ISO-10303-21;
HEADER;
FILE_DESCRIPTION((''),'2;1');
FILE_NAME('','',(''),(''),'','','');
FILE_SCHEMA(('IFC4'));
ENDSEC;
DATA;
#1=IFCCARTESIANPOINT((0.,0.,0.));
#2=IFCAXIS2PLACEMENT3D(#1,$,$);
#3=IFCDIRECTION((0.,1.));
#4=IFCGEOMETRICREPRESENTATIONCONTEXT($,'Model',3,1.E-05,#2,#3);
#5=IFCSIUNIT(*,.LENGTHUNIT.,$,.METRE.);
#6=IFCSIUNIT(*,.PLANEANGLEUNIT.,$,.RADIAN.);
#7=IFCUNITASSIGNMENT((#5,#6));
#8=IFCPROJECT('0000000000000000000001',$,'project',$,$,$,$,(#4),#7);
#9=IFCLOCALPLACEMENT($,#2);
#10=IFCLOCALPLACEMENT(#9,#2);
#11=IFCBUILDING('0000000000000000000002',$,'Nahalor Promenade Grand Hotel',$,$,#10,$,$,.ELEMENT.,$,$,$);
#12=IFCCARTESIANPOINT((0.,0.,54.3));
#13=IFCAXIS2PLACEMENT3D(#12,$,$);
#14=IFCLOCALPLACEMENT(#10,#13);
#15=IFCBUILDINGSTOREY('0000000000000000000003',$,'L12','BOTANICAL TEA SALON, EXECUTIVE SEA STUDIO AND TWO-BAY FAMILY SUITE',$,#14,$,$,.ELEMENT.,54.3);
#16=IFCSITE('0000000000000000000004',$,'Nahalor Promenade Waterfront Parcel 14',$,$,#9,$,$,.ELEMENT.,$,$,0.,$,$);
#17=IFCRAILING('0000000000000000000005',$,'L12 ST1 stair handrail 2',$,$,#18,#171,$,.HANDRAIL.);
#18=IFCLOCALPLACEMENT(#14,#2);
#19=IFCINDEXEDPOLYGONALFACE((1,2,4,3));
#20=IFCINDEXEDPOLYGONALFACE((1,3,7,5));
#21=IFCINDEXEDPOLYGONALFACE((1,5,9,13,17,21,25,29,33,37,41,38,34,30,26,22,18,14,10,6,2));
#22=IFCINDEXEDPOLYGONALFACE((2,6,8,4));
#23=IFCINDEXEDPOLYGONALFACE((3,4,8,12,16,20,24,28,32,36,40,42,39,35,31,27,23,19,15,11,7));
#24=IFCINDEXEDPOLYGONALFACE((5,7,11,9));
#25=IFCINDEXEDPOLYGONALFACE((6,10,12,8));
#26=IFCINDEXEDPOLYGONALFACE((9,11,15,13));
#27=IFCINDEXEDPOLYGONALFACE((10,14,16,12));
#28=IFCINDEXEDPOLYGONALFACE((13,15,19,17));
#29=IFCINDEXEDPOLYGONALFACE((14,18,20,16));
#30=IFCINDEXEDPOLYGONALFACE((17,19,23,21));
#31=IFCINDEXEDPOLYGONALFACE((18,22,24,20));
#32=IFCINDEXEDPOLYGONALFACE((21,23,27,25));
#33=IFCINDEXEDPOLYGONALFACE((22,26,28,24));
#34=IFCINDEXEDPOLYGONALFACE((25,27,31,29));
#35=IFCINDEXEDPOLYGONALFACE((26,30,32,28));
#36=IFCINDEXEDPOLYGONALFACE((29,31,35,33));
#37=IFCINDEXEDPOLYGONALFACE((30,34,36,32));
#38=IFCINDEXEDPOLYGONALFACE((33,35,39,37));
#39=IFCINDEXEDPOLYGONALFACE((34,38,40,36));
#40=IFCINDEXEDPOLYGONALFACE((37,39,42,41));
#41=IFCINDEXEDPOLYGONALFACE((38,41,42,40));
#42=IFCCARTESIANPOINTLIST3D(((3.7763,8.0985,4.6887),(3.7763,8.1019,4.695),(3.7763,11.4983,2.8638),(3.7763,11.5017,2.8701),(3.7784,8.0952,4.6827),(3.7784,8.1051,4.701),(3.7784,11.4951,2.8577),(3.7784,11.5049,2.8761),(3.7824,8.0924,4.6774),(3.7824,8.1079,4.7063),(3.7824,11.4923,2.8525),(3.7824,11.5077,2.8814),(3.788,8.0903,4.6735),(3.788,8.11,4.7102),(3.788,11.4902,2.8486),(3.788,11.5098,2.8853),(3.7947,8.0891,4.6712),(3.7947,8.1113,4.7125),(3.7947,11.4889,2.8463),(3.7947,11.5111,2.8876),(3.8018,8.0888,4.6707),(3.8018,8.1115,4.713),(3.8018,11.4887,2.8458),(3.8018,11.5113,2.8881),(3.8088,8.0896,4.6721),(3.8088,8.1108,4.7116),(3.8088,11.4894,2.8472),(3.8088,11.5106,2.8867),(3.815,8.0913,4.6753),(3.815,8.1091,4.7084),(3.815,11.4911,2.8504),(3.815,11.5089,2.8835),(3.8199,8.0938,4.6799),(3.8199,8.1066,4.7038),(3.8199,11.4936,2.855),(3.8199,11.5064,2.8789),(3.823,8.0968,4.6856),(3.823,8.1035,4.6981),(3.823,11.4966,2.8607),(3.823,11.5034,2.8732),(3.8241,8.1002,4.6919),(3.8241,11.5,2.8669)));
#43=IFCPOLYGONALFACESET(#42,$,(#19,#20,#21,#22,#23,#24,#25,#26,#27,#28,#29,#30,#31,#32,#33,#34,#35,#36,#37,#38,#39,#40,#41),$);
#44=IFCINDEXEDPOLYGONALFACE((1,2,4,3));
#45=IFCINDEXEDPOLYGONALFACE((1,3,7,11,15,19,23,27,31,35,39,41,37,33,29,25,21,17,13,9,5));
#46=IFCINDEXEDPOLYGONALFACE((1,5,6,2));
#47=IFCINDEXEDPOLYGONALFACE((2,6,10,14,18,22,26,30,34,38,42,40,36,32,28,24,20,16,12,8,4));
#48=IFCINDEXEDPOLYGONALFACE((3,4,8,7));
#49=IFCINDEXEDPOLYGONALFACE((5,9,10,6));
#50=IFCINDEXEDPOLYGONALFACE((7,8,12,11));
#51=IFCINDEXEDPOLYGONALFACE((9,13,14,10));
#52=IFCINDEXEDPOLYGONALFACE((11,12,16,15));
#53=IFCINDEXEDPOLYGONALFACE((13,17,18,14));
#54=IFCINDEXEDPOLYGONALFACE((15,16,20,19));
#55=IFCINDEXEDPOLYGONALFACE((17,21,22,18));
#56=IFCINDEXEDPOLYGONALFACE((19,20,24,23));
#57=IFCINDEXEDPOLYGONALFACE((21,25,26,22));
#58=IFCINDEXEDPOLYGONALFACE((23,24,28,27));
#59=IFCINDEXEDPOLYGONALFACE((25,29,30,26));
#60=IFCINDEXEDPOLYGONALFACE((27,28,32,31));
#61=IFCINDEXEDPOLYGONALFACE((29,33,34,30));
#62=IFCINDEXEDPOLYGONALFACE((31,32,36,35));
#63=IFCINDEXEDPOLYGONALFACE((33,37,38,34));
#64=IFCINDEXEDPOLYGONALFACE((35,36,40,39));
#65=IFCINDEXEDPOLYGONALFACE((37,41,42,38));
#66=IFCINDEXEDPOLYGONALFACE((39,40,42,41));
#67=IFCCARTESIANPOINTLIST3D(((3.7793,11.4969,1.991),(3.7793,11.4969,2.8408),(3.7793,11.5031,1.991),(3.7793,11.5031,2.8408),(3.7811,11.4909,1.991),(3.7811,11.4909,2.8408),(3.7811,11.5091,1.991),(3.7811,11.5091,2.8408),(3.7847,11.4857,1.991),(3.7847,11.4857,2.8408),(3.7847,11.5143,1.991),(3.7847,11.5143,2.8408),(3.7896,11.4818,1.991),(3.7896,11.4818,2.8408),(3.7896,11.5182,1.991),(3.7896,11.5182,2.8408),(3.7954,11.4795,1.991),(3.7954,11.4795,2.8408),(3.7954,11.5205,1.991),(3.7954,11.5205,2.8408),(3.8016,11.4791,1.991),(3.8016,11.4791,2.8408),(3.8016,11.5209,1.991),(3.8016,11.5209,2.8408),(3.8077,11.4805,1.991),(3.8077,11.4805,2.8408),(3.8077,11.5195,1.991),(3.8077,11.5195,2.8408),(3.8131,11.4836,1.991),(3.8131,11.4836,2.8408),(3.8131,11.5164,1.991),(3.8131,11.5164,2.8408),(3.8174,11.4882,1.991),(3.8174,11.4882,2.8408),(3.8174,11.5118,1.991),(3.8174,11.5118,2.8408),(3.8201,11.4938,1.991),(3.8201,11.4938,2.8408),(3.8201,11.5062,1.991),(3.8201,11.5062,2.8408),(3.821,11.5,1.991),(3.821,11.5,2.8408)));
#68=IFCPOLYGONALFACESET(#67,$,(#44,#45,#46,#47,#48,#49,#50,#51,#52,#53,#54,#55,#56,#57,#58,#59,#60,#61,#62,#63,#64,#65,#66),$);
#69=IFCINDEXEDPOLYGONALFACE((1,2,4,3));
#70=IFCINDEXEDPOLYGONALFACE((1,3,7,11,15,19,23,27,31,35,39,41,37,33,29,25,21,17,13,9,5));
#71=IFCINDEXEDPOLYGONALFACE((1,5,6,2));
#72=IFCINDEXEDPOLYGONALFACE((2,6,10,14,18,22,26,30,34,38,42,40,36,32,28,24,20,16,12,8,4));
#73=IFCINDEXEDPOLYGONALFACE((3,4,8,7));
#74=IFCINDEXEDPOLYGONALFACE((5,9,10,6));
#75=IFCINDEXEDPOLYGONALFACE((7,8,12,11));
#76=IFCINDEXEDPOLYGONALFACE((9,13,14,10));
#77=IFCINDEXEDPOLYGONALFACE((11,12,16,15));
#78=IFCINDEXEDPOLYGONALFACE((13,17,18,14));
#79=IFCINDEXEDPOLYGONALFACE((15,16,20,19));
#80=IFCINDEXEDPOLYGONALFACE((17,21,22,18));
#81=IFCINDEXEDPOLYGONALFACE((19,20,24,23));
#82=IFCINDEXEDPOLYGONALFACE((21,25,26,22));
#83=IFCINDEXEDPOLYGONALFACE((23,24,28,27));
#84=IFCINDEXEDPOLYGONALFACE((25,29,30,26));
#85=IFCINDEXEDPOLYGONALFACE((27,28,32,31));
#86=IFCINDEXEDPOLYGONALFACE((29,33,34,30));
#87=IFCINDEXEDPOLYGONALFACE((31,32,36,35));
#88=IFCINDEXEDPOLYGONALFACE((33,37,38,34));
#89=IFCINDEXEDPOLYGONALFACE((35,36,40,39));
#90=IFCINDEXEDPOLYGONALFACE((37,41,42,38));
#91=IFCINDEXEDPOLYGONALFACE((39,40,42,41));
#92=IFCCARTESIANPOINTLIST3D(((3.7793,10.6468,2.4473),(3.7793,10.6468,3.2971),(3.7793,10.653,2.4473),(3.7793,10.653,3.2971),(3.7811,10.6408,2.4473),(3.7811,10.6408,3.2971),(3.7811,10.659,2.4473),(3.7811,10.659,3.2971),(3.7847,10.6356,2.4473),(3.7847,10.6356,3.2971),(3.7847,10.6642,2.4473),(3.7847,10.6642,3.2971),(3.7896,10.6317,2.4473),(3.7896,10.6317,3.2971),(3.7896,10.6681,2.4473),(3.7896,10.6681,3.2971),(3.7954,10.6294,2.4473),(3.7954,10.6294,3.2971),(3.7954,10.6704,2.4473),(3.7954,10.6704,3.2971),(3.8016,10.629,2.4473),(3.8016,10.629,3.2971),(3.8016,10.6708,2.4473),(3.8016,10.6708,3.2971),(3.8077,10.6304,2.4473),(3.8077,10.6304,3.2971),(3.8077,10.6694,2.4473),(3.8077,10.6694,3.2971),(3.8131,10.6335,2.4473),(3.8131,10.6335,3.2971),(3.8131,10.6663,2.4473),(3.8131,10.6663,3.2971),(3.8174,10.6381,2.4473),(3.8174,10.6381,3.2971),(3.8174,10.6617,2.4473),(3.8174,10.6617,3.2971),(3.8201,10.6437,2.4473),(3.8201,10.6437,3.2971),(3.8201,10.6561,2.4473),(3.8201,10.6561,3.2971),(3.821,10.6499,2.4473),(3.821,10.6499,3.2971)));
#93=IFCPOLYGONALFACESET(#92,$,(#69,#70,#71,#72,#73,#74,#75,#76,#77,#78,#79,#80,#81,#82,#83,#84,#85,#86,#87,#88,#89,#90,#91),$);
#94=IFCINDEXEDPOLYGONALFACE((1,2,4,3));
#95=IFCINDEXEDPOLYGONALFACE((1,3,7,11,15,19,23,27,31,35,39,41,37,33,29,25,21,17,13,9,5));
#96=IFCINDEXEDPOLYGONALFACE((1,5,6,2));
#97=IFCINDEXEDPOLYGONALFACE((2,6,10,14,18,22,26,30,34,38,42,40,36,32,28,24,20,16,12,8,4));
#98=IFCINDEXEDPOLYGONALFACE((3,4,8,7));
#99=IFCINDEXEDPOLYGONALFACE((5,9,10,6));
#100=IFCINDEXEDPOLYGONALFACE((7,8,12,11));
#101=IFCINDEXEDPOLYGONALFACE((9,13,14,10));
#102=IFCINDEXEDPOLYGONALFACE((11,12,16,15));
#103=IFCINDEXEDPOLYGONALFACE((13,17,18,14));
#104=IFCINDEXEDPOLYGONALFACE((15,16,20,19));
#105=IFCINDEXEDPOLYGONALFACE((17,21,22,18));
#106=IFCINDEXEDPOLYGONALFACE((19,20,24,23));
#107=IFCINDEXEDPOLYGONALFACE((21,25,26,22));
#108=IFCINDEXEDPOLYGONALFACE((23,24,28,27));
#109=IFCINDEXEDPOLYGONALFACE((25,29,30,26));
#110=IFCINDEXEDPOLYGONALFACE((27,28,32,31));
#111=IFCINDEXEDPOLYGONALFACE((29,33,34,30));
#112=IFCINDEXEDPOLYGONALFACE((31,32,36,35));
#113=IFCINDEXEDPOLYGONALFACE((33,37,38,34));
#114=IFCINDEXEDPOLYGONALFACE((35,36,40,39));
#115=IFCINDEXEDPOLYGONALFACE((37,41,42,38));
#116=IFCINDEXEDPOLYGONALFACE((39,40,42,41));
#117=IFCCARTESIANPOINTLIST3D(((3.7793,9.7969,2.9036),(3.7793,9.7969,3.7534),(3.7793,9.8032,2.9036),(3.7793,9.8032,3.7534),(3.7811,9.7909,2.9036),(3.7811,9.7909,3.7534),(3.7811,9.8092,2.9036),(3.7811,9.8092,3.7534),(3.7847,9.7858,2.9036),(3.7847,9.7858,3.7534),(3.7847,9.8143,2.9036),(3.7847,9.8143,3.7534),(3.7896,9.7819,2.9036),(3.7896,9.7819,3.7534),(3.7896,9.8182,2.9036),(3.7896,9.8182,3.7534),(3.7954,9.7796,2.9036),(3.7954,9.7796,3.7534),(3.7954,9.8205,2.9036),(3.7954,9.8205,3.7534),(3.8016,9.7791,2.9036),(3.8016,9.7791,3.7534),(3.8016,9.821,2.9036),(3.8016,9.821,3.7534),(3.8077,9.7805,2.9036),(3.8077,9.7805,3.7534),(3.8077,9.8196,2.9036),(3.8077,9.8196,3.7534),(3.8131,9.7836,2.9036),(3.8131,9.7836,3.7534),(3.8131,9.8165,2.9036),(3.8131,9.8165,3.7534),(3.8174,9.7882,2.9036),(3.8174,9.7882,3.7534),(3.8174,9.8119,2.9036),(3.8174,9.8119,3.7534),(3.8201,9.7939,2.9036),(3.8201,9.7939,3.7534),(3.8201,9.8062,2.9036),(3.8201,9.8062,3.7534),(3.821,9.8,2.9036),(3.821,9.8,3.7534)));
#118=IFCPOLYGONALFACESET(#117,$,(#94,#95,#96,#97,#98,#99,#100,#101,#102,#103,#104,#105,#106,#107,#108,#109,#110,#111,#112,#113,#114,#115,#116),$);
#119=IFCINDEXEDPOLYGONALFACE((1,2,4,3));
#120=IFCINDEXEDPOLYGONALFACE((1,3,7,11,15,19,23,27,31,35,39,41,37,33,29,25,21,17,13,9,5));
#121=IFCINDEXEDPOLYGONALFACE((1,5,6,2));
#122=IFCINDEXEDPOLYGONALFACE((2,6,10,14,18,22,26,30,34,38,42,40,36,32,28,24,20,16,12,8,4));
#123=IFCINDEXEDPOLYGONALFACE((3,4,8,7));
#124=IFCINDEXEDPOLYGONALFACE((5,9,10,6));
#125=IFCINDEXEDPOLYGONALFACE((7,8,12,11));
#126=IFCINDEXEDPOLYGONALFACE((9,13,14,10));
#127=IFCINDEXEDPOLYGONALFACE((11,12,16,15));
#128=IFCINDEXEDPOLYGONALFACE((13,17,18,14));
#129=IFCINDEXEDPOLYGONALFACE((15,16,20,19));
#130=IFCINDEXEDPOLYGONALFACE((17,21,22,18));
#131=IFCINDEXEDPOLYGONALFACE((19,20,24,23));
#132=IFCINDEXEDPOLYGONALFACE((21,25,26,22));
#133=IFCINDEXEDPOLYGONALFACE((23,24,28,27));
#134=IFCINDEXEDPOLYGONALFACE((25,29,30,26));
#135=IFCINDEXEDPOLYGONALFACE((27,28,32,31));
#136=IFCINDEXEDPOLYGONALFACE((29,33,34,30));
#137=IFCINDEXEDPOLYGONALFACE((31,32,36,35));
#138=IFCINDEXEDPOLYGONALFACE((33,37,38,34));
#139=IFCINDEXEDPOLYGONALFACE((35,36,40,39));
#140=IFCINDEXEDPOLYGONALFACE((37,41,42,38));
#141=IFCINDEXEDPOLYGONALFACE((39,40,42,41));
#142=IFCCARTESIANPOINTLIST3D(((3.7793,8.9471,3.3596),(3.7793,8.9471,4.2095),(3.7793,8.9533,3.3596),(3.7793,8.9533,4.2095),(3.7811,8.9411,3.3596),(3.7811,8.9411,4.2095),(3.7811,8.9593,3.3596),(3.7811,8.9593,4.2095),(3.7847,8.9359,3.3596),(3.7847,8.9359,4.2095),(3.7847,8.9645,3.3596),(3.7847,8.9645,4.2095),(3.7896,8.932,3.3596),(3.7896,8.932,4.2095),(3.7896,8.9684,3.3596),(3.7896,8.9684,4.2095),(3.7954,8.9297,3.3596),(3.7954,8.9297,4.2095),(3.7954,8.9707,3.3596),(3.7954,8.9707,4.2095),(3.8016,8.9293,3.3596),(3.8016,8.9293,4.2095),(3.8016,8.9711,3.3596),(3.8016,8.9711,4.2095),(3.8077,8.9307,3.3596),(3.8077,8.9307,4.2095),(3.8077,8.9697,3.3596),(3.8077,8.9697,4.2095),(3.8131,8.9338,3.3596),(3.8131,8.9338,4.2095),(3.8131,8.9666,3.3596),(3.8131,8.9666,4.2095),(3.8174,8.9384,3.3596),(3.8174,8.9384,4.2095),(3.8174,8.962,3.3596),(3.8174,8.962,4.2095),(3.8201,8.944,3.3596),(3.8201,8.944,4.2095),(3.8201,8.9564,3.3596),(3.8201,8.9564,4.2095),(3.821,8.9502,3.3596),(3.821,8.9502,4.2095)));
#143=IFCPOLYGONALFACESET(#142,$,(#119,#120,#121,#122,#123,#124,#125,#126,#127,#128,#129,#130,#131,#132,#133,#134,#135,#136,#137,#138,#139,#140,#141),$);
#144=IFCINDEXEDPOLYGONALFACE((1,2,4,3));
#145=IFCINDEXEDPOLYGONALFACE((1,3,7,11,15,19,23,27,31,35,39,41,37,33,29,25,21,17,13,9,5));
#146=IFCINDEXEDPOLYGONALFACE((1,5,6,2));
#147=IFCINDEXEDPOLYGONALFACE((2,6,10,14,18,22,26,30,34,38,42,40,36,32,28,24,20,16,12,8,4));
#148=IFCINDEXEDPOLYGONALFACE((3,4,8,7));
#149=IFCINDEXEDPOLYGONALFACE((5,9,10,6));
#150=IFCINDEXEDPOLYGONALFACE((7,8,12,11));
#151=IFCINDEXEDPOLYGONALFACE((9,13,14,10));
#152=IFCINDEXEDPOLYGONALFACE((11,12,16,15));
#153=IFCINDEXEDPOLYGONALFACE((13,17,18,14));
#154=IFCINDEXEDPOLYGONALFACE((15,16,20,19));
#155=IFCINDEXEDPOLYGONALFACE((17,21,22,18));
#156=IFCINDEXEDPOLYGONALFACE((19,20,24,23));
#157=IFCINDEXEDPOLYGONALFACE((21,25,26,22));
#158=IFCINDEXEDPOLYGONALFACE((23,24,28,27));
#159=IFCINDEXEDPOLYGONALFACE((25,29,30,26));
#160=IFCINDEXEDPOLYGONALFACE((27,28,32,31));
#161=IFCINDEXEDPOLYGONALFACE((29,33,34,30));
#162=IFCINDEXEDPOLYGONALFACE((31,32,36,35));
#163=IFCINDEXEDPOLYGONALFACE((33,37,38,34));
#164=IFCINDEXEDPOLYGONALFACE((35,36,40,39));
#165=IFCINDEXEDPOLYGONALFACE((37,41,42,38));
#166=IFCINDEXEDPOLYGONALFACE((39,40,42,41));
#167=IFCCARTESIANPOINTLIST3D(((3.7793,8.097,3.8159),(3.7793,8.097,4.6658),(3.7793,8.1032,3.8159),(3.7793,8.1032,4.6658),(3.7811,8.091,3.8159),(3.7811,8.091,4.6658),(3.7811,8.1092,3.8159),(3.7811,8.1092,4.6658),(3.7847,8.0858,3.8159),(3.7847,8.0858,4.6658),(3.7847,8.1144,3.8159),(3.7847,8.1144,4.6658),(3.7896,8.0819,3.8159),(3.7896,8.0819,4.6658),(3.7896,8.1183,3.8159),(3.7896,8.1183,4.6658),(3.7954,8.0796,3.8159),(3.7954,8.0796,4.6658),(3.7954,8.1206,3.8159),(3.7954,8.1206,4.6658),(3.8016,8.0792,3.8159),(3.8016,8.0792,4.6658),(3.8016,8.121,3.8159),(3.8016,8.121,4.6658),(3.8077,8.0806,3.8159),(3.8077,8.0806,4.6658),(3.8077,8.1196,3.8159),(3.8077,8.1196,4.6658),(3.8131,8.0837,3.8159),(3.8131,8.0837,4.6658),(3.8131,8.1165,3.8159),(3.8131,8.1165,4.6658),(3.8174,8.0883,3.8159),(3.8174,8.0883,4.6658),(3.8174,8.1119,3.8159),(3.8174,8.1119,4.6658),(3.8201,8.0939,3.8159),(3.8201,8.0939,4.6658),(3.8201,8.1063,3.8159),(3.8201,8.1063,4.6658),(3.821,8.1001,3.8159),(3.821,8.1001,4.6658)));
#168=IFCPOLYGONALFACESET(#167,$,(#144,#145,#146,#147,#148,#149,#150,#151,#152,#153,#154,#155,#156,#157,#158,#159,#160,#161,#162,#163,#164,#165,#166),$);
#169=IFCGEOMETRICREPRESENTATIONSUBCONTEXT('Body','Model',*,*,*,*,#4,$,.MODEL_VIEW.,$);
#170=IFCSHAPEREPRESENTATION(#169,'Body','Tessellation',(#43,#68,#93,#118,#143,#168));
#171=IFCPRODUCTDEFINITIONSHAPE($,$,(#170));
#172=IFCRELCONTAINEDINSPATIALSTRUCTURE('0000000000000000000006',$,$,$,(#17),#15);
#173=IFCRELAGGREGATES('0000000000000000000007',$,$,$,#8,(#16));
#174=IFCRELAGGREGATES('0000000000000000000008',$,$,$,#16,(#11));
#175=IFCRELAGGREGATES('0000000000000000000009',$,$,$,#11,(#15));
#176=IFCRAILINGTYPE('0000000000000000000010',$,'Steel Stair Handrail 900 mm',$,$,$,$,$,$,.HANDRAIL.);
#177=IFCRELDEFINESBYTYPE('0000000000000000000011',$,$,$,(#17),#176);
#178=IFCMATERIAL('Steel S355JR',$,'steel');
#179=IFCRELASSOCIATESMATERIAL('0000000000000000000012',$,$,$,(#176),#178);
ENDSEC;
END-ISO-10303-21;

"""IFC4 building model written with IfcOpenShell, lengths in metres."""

from ifc_helpers import new_model, si_unit, direction, frame, origin, origin_2d, place, context, subcontext, project, spatial, circle, extrude, material, type_object, element, save


model = new_model("IFC4")

# Units and contexts
model_context = context("Model", 3, precision=1e-05, world=origin(), true_north=direction((0.0, 1.0)))
body_context = subcontext(model_context, "Body", "Model", "MODEL_VIEW")
ifc_project = project(units=[si_unit("LENGTHUNIT", "METRE"), si_unit("PLANEANGLEUNIT", "RADIAN")], contexts=[model_context])

# Site, building, storey
site_placement = place(None, origin())
site = spatial("IfcSite", under=ifc_project, at=site_placement, Name="Nahalor Promenade Waterfront Parcel 14", CompositionType="ELEMENT", RefElevation=0.0)
building_placement = place(site_placement, origin())
building = spatial("IfcBuilding", under=site, at=building_placement, Name="Nahalor Promenade Grand Hotel", CompositionType="ELEMENT")
storey_placement = place(building_placement, frame((0.0, 0.0, 54.3)))
storey = spatial("IfcBuildingStorey", under=building, at=storey_placement, Name="L12", Description="BOTANICAL TEA SALON, EXECUTIVE SEA STUDIO AND TWO-BAY FAMILY SUITE", CompositionType="ELEMENT", Elevation=54.3)

# Shared definitions
ifc_material_1 = material(Name="Steel S355JR", Category="steel")

# Railing
railing_type = type_object("IfcRailingType", Name="Steel Stair Handrail 900 mm", PredefinedType="HANDRAIL", material=ifc_material_1)
railing_placement = place(storey_placement, frame((3.8, 11.5, 1.991)))
element("IfcRailing", 1, at=railing_placement, inside=storey, type_object=railing_type, Name="L12 ST1 stair handrail 2", PredefinedType="HANDRAIL", context=body_context, shape_type="SweptSolid", body=[
    extrude(circle(Radius=0.024, at=origin_2d()), frame((0.0, 0.0, 0.876), z_axis=(0.0, -0.881094, 0.472941), x_axis=(1.0, 0.0, 0.0)), (0.0, 0.0, 1.0), 3.8586),
    extrude(circle(Radius=0.021, at=origin_2d()), origin(), (0.0, 0.0, 1.0), 0.8499),
    extrude(circle(Radius=0.021, at=origin_2d()), frame((0.0, -0.8501, 0.4563)), (0.0, 0.0, 1.0), 0.8499),
    extrude(circle(Radius=0.021, at=origin_2d()), frame((0.0, -1.7, 0.9126)), (0.0, 0.0, 1.0), 0.8499),
    extrude(circle(Radius=0.021, at=origin_2d()), frame((0.0, -2.5498, 1.3687)), (0.0, 0.0, 1.0), 0.8499),
    extrude(circle(Radius=0.021, at=origin_2d()), frame((0.0, -3.3999, 1.825)), (0.0, 0.0, 1.0), 0.8499),
])

save(model, "model.ifc")
